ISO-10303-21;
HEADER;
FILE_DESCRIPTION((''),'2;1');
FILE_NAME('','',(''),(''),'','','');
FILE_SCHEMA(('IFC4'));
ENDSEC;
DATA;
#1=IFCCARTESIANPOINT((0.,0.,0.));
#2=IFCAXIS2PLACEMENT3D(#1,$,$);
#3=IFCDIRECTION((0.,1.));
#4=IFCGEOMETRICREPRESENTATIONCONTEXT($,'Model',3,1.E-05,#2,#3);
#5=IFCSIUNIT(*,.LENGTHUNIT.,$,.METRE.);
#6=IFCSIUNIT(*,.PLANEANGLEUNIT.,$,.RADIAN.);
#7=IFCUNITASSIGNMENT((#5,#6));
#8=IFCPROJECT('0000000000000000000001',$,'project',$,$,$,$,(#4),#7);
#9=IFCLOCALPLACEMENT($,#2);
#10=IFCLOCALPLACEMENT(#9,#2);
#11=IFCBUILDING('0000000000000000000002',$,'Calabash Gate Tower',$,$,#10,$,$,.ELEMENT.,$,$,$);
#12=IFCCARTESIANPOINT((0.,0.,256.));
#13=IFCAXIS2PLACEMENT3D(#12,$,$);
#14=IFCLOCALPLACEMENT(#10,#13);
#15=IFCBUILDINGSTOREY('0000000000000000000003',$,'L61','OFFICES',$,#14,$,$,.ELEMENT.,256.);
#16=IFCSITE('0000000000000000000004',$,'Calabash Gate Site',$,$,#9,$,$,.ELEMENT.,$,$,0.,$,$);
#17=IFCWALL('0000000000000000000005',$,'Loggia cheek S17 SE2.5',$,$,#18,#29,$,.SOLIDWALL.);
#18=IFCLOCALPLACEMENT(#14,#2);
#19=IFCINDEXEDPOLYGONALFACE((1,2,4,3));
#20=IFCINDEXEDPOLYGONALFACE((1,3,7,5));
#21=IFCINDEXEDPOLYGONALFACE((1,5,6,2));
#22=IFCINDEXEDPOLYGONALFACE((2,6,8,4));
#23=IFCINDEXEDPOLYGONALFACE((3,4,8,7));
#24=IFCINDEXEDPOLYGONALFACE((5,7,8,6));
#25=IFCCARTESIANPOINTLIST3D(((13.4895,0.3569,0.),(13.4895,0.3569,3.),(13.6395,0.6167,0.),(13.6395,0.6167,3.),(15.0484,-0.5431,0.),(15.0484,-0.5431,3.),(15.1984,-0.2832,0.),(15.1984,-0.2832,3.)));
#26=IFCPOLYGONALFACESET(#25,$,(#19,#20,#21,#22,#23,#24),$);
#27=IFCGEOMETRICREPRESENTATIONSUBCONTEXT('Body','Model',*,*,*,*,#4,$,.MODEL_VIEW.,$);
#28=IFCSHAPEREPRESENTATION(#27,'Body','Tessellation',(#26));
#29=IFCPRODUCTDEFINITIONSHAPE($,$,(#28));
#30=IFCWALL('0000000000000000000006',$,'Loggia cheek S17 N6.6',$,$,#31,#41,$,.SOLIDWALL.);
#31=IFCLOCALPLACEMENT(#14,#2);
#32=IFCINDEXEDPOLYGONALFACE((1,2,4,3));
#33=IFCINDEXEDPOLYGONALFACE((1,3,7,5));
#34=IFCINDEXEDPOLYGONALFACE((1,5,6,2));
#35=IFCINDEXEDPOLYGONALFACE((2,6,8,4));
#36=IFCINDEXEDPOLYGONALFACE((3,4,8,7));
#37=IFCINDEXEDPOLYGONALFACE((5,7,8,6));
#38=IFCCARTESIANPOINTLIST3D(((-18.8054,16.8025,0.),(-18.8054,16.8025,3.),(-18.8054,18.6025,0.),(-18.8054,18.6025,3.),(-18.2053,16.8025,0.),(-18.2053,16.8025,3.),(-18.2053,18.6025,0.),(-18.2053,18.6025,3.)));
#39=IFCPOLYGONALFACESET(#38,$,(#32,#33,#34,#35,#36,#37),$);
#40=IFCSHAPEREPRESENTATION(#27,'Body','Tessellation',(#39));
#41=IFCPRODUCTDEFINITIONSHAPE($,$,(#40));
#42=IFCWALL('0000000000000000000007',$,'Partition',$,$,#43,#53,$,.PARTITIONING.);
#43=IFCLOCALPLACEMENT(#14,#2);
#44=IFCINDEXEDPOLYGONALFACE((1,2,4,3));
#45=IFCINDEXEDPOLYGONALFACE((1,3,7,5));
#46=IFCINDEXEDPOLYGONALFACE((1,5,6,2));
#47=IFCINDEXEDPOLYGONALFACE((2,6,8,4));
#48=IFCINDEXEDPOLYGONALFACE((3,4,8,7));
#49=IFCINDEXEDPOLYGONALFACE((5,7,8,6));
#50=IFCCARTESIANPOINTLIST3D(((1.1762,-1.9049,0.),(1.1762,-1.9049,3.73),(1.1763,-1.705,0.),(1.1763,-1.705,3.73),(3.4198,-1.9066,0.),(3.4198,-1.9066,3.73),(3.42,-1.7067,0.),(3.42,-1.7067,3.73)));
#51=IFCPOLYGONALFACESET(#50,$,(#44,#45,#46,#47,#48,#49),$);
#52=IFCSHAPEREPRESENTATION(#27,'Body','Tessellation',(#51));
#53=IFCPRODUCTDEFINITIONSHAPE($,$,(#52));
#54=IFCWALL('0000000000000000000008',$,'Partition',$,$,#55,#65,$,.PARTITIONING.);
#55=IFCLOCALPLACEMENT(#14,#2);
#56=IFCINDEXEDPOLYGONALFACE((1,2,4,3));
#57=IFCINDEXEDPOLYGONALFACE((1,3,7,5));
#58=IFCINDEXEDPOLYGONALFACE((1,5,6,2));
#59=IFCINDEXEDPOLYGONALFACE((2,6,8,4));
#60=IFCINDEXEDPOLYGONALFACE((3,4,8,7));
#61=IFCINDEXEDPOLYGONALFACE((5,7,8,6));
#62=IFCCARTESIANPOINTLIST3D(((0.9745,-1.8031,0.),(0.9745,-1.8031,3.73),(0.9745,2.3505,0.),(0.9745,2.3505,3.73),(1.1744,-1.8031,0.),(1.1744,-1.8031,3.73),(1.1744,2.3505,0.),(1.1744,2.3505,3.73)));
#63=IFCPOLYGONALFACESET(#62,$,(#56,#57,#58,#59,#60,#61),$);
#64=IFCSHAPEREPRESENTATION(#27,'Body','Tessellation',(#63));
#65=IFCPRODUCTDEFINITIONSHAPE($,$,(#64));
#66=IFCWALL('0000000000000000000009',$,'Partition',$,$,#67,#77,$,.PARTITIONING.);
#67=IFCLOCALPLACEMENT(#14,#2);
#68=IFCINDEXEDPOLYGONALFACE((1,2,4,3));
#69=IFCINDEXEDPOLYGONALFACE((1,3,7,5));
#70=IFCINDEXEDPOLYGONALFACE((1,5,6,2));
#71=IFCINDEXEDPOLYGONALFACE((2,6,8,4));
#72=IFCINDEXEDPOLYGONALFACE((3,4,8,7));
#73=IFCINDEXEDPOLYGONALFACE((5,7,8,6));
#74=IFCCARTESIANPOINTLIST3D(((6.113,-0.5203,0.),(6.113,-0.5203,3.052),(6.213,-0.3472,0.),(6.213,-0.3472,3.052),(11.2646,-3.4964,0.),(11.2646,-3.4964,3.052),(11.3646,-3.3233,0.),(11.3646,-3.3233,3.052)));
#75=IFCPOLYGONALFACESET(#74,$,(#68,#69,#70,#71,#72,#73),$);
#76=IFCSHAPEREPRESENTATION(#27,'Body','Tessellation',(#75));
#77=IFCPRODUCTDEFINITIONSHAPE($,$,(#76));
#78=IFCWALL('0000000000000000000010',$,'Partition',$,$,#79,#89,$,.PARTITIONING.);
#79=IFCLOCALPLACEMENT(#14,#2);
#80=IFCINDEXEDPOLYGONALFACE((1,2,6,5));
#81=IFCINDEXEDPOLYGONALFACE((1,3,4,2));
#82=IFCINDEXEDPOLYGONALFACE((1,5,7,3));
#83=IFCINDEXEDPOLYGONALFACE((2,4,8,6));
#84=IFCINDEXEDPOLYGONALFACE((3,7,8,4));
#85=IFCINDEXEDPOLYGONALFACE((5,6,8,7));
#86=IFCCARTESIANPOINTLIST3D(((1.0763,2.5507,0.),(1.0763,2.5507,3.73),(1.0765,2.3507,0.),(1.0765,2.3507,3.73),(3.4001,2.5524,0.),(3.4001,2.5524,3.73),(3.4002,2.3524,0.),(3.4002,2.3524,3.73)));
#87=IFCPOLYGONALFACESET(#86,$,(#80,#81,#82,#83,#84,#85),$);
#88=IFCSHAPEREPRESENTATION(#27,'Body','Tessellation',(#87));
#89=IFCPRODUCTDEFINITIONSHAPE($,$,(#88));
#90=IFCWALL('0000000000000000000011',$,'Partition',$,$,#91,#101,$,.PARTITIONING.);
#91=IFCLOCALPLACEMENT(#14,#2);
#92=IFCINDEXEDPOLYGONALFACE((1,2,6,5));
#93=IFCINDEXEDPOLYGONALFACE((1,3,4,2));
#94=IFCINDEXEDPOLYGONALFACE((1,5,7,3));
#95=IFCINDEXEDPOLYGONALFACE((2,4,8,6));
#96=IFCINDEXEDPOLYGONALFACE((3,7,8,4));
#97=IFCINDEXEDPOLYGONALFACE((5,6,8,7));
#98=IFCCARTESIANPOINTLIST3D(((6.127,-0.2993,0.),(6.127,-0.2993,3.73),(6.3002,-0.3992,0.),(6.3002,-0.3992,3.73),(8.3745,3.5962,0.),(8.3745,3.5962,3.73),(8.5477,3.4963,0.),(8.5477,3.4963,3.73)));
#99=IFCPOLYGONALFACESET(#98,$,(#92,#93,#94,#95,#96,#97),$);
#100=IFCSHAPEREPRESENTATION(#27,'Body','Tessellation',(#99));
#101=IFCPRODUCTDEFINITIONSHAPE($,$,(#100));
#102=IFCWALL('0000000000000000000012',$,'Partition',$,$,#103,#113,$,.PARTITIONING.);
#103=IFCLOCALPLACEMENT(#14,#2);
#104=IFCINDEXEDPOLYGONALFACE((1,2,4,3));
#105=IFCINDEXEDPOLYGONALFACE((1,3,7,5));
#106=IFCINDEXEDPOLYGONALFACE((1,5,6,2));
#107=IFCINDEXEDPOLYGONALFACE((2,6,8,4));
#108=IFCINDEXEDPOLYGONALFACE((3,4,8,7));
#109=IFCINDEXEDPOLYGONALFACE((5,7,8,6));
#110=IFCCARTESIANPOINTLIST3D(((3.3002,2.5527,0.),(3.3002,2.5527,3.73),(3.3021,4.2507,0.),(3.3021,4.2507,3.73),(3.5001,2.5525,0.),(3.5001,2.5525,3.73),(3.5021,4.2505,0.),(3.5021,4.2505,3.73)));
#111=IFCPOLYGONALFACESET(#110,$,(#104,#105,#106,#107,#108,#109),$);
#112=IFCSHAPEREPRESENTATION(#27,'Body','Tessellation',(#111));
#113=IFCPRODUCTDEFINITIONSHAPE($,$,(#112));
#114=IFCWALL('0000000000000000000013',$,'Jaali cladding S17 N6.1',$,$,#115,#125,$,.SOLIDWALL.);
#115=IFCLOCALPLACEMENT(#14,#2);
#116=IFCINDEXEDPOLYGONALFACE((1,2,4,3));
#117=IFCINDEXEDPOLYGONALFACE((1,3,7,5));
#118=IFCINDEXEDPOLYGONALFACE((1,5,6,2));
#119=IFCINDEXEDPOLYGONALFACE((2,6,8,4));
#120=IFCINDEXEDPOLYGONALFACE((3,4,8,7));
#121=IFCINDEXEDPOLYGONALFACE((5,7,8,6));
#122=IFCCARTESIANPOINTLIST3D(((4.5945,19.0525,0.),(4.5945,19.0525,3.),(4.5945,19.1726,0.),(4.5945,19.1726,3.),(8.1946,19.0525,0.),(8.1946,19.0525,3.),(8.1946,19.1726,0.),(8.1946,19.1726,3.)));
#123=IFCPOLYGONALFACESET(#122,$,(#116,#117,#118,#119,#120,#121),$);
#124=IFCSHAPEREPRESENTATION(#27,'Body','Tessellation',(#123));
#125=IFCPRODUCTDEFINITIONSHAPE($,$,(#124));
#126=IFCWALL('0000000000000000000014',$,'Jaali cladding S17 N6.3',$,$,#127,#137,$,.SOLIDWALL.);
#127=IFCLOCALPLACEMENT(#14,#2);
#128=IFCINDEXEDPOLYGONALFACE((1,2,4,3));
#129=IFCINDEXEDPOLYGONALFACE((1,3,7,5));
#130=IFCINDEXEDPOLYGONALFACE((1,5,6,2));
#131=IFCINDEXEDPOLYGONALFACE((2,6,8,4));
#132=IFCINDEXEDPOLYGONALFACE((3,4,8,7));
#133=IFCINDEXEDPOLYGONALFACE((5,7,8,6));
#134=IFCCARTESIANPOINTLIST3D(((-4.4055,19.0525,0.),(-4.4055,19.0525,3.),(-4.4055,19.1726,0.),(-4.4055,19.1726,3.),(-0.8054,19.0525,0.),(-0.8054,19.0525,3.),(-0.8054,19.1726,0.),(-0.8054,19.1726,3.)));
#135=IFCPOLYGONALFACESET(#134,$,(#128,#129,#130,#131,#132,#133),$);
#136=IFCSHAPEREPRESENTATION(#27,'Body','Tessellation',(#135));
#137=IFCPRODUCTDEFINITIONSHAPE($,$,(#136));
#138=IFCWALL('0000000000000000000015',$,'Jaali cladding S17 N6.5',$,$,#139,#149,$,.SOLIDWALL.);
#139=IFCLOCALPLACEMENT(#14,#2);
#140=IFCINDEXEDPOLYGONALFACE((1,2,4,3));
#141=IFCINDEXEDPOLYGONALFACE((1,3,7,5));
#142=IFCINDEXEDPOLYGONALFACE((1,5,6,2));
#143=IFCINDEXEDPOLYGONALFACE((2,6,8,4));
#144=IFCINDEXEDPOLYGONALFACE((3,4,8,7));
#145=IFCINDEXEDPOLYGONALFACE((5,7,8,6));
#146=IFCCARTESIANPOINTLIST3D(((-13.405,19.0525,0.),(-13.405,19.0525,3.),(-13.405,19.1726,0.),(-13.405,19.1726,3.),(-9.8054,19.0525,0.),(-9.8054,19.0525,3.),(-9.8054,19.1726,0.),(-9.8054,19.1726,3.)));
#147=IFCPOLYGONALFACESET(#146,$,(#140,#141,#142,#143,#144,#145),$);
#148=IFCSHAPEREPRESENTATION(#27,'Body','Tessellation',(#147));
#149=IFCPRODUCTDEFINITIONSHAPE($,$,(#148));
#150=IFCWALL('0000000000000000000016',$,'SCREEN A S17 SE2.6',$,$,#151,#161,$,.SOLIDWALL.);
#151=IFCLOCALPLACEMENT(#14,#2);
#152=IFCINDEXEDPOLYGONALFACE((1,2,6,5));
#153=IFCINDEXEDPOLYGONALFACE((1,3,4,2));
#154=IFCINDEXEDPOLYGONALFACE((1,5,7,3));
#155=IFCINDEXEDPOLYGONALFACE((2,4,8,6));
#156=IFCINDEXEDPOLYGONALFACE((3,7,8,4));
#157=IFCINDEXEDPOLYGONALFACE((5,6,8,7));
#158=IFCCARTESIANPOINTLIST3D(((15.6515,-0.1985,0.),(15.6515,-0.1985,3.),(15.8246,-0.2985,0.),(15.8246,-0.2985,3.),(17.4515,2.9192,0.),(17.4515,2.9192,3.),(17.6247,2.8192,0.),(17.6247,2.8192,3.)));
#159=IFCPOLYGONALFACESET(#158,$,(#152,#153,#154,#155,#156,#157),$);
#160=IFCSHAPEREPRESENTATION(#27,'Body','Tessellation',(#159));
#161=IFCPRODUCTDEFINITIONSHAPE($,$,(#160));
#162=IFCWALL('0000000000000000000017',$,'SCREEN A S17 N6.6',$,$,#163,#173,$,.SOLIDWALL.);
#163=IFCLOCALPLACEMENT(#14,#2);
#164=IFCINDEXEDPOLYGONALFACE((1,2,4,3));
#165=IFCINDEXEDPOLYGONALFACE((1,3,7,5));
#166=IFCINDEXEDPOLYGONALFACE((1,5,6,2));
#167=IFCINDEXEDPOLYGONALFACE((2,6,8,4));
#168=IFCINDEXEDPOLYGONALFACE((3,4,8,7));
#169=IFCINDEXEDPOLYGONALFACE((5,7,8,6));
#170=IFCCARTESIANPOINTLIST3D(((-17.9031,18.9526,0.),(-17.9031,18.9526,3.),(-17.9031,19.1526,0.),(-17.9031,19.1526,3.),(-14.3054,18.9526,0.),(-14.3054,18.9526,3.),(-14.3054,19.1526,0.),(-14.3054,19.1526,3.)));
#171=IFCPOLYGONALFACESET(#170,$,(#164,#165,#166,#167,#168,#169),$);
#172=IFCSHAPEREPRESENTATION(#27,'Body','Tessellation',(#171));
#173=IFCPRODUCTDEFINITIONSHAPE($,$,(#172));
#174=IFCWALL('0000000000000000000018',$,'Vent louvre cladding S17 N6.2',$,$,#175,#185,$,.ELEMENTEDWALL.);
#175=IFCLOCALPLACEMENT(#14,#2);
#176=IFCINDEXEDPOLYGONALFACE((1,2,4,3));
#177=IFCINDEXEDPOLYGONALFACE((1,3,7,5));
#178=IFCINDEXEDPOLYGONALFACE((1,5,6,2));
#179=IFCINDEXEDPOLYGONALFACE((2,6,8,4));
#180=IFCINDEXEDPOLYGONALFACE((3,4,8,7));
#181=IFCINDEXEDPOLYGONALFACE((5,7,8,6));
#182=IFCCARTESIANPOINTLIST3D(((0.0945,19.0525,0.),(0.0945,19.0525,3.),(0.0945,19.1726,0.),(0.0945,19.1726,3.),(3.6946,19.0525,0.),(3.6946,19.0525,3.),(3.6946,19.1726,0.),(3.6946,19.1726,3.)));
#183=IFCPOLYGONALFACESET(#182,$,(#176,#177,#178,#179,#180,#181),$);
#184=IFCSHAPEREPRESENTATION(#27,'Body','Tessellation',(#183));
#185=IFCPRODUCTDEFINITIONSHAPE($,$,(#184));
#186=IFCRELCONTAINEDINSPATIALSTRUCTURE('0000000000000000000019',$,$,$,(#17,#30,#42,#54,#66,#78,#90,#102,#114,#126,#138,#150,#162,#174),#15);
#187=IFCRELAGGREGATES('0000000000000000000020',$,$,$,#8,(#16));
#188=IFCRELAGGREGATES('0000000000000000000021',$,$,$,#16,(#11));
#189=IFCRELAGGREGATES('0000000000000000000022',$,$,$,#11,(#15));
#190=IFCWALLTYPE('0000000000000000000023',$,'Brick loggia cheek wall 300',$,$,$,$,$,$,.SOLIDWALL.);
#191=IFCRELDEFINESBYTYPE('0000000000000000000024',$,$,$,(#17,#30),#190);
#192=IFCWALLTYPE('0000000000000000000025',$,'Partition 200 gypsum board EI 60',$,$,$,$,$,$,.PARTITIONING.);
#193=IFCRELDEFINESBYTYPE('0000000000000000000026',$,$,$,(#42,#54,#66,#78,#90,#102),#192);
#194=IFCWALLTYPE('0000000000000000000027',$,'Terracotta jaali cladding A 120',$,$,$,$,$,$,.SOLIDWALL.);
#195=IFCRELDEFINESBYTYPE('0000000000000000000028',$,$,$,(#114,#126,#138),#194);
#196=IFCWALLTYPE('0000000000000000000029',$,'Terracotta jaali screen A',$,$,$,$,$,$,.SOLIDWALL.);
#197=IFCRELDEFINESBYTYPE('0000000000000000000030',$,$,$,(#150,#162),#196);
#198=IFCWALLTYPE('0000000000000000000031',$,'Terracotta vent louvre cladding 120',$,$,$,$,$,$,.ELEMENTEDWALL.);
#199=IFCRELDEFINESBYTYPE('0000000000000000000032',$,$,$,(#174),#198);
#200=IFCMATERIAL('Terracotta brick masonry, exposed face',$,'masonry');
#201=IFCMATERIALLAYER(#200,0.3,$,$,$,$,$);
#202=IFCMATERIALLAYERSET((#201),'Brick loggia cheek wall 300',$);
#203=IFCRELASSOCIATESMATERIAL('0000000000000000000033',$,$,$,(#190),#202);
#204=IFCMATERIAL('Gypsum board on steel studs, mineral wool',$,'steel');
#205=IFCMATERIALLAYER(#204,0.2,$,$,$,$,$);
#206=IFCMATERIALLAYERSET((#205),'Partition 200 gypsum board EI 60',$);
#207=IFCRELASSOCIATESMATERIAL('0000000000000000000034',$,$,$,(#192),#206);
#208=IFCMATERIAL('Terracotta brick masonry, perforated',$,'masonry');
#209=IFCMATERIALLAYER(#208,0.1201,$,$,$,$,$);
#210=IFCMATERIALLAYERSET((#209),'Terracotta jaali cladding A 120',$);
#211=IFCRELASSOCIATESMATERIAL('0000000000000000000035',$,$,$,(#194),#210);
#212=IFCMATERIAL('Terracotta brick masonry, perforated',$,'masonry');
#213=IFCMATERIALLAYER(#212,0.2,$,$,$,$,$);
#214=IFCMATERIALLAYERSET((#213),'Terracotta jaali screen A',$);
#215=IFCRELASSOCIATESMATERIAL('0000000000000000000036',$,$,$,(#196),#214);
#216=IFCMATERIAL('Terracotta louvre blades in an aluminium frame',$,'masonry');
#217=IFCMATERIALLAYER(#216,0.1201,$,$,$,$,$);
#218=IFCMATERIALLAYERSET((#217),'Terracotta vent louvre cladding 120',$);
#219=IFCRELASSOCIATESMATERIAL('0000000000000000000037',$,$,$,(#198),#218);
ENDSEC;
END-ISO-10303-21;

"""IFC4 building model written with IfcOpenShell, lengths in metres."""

from ifc_helpers import new_model, si_unit, direction, frame, frame_2d, origin, place, context, subcontext, project, spatial, polyline, rectangle, outline, extrude, material, layer, layer_set, type_object, element, save


model = new_model("IFC4")

# Units and contexts
model_context = context("Model", 3, precision=1e-05, world=origin(), true_north=direction((0.0, 1.0)))
body_context = subcontext(model_context, "Body", "Model", "MODEL_VIEW")
ifc_project = project(units=[si_unit("LENGTHUNIT", "METRE"), si_unit("PLANEANGLEUNIT", "RADIAN")], contexts=[model_context])

# Site, building, storey
site_placement = place(None, origin())
site = spatial("IfcSite", under=ifc_project, at=site_placement, Name="Calabash Gate Site", CompositionType="ELEMENT", RefElevation=0.0)
building_placement = place(site_placement, origin())
building = spatial("IfcBuilding", under=site, at=building_placement, Name="Calabash Gate Tower", CompositionType="ELEMENT")
storey_placement = place(building_placement, frame((0.0, 0.0, 256.0)))
storey = spatial("IfcBuildingStorey", under=building, at=storey_placement, Name="L61", Description="OFFICES", CompositionType="ELEMENT", Elevation=256.0)

# Walls
ifc_material_1 = material(Name="Terracotta brick masonry, exposed face", Category="masonry")
ifc_layer_1 = layer(ifc_material_1, 0.3)
ifc_layer_set_1 = layer_set([ifc_layer_1], Name="Brick loggia cheek wall 300")
wall_type_1 = type_object("IfcWallType", Name="Brick loggia cheek wall 300", PredefinedType="SOLIDWALL", material=ifc_layer_set_1)
wall_1_placement = place(storey_placement, frame((15.1233, -0.4131, 0.0), z_axis=(0.0, 0.0, 1.0), x_axis=(-0.866048, 0.499961, 0.0)))
element("IfcWall", 1, at=wall_1_placement, inside=storey, type_object=wall_type_1, Name="Loggia cheek S17 SE2.5", PredefinedType="SOLIDWALL", context=body_context, shape_type="SweptSolid", body=[
    extrude(rectangle(XDim=1.8, YDim=0.3, at=frame_2d((0.8999, 0.0))), origin(), (0.0, 0.0, 1.0), 3.0),
])
wall_2_placement = place(storey_placement, origin())
element("IfcWall", 2, at=wall_2_placement, inside=storey, type_object=wall_type_1, Name="Loggia cheek S17 N6.6", PredefinedType="SOLIDWALL", context=body_context, shape_type="SweptSolid", body=[
    extrude(outline(polyline([(-18.8054, 18.6025), (-18.8054, 16.8025), (-18.2053, 16.8025), (-18.2053, 18.6025), (-18.8054, 18.6025)])), origin(), (0.0, 0.0, 1.0), 3.0),
])
ifc_material_2 = material(Name="Gypsum board on steel studs, mineral wool", Category="steel")
ifc_layer_2 = layer(ifc_material_2, 0.2)
ifc_layer_set_2 = layer_set([ifc_layer_2], Name="Partition 200 gypsum board EI 60")
wall_type_2 = type_object("IfcWallType", Name="Partition 200 gypsum board EI 60", PredefinedType="PARTITIONING", material=ifc_layer_set_2)
wall_3_placement = place(storey_placement, frame((1.1763, -1.8049, 0.0), z_axis=(0.0, 0.0, 1.0), x_axis=(1.0, -0.000762, 0.0)))
element("IfcWall", 3, at=wall_3_placement, inside=storey, type_object=wall_type_2, Name="Partition", PredefinedType="PARTITIONING", context=body_context, shape_type="SweptSolid", body=[
    extrude(rectangle(XDim=2.2437, YDim=0.2, at=frame_2d((1.1218, 0.0))), origin(), (0.0, 0.0, 1.0), 3.73),
])
wall_4_placement = place(storey_placement, frame((1.0745, -1.803, 0.0), z_axis=(0.0, 0.0, 1.0), x_axis=(0.0, 1.0, 0.0)))
element("IfcWall", 4, at=wall_4_placement, inside=storey, type_object=wall_type_2, Name="Partition", PredefinedType="PARTITIONING", context=body_context, shape_type="SweptSolid", body=[
    extrude(rectangle(XDim=4.1536, YDim=0.2, at=frame_2d((2.0767, 0.0))), origin(), (0.0, 0.0, 1.0), 3.73),
])
wall_5_placement = place(storey_placement, frame((6.1631, -0.4338, 0.0), z_axis=(0.0, 0.0, 1.0), x_axis=(0.865895, -0.500226, 0.0)))
element("IfcWall", 5, at=wall_5_placement, inside=storey, type_object=wall_type_2, Name="Partition", PredefinedType="PARTITIONING", context=body_context, shape_type="SweptSolid", body=[
    extrude(rectangle(XDim=5.9495, YDim=0.2, at=frame_2d((2.9746, 0.0))), origin(), (0.0, 0.0, 1.0), 3.052),
])
wall_6_placement = place(storey_placement, frame((1.0764, 2.4507, 0.0), z_axis=(0.0, 0.0, 1.0), x_axis=(1.0, 0.000735, 0.0)))
element("IfcWall", 6, at=wall_6_placement, inside=storey, type_object=wall_type_2, Name="Partition", PredefinedType="PARTITIONING", context=body_context, shape_type="SweptSolid", body=[
    extrude(rectangle(XDim=2.3237, YDim=0.2, at=frame_2d((1.1619, 0.0))), origin(), (0.0, 0.0, 1.0), 3.73),
])
wall_7_placement = place(storey_placement, frame((6.2136, -0.3491, 0.0), z_axis=(0.0, 0.0, 1.0), x_axis=(0.499748, 0.866171, 0.0)))
element("IfcWall", 7, at=wall_7_placement, inside=storey, type_object=wall_type_2, Name="Partition", PredefinedType="PARTITIONING", context=body_context, shape_type="SweptSolid", body=[
    extrude(rectangle(XDim=4.4973, YDim=0.2, at=frame_2d((2.2485, 0.0))), origin(), (0.0, 0.0, 1.0), 3.73),
])
wall_8_placement = place(storey_placement, frame((3.4001, 2.5525, 0.0), z_axis=(0.0, 0.0, 1.0), x_axis=(0.00115, 0.999999, 0.0)))
element("IfcWall", 8, at=wall_8_placement, inside=storey, type_object=wall_type_2, Name="Partition", PredefinedType="PARTITIONING", context=body_context, shape_type="SweptSolid", body=[
    extrude(rectangle(XDim=1.698, YDim=0.2, at=frame_2d((0.8491, 0.0))), origin(), (0.0, 0.0, 1.0), 3.73),
])
ifc_material_3 = material(Name="Terracotta brick masonry, perforated", Category="masonry")
ifc_layer_3 = layer(ifc_material_3, 0.1201)
ifc_layer_set_3 = layer_set([ifc_layer_3], Name="Terracotta jaali cladding A 120")
wall_type_3 = type_object("IfcWallType", Name="Terracotta jaali cladding A 120", PredefinedType="SOLIDWALL", material=ifc_layer_set_3)
wall_9_placement = place(storey_placement, origin())
element("IfcWall", 9, at=wall_9_placement, inside=storey, type_object=wall_type_3, Name="Jaali cladding S17 N6.1", PredefinedType="SOLIDWALL", context=body_context, shape_type="SweptSolid", body=[
    extrude(outline(polyline([(4.5945, 19.1726), (4.5945, 19.0525), (8.1946, 19.0525), (8.1946, 19.1726), (4.5945, 19.1726)])), origin(), (0.0, 0.0, 1.0), 3.0),
])
wall_10_placement = place(storey_placement, origin())
element("IfcWall", 10, at=wall_10_placement, inside=storey, type_object=wall_type_3, Name="Jaali cladding S17 N6.3", PredefinedType="SOLIDWALL", context=body_context, shape_type="SweptSolid", body=[
    extrude(outline(polyline([(-4.4055, 19.1726), (-4.4055, 19.0525), (-0.8054, 19.0525), (-0.8054, 19.1726), (-4.4055, 19.1726)])), origin(), (0.0, 0.0, 1.0), 3.0),
])
wall_11_placement = place(storey_placement, origin())
element("IfcWall", 11, at=wall_11_placement, inside=storey, type_object=wall_type_3, Name="Jaali cladding S17 N6.5", PredefinedType="SOLIDWALL", context=body_context, shape_type="SweptSolid", body=[
    extrude(outline(polyline([(-13.405, 19.1726), (-13.405, 19.0525), (-9.8054, 19.0525), (-9.8054, 19.1726), (-13.405, 19.1726)])), origin(), (0.0, 0.0, 1.0), 3.0),
])
ifc_material_4 = material(Name="Terracotta brick masonry, perforated", Category="masonry")
ifc_layer_4 = layer(ifc_material_4, 0.2)
ifc_layer_set_4 = layer_set([ifc_layer_4], Name="Terracotta jaali screen A")
wall_type_4 = type_object("IfcWallType", Name="Terracotta jaali screen A", PredefinedType="SOLIDWALL", material=ifc_layer_set_4)
wall_12_placement = place(storey_placement, frame((15.738, -0.2485, 0.0), z_axis=(0.0, 0.0, 1.0), x_axis=(0.500012, 0.866018, 0.0)))
element("IfcWall", 12, at=wall_12_placement, inside=storey, type_object=wall_type_4, Name="SCREEN A S17 SE2.6", PredefinedType="SOLIDWALL", context=body_context, shape_type="SweptSolid", body=[
    extrude(rectangle(XDim=3.6001, YDim=0.2, at=frame_2d((1.8, 0.0))), origin(), (0.0, 0.0, 1.0), 3.0),
])
wall_13_placement = place(storey_placement, origin())
element("IfcWall", 13, at=wall_13_placement, inside=storey, type_object=wall_type_4, Name="SCREEN A S17 N6.6", PredefinedType="SOLIDWALL", context=body_context, shape_type="SweptSolid", body=[
    extrude(outline(polyline([(-14.3054, 19.1526), (-17.9031, 19.1526), (-17.9031, 18.9526), (-14.3054, 18.9526), (-14.3054, 19.1526)])), origin(), (0.0, 0.0, 1.0), 3.0),
])
ifc_material_5 = material(Name="Terracotta louvre blades in an aluminium frame", Category="masonry")
ifc_layer_5 = layer(ifc_material_5, 0.1201)
ifc_layer_set_5 = layer_set([ifc_layer_5], Name="Terracotta vent louvre cladding 120")
wall_type_5 = type_object("IfcWallType", Name="Terracotta vent louvre cladding 120", PredefinedType="ELEMENTEDWALL", material=ifc_layer_set_5)
wall_14_placement = place(storey_placement, origin())
element("IfcWall", 14, at=wall_14_placement, inside=storey, type_object=wall_type_5, Name="Vent louvre cladding S17 N6.2", PredefinedType="ELEMENTEDWALL", context=body_context, shape_type="SweptSolid", body=[
    extrude(outline(polyline([(0.0945, 19.1726), (0.0945, 19.0525), (3.6946, 19.0525), (3.6946, 19.1726), (0.0945, 19.1726)])), origin(), (0.0, 0.0, 1.0), 3.0),
])

save(model, "model.ifc")
